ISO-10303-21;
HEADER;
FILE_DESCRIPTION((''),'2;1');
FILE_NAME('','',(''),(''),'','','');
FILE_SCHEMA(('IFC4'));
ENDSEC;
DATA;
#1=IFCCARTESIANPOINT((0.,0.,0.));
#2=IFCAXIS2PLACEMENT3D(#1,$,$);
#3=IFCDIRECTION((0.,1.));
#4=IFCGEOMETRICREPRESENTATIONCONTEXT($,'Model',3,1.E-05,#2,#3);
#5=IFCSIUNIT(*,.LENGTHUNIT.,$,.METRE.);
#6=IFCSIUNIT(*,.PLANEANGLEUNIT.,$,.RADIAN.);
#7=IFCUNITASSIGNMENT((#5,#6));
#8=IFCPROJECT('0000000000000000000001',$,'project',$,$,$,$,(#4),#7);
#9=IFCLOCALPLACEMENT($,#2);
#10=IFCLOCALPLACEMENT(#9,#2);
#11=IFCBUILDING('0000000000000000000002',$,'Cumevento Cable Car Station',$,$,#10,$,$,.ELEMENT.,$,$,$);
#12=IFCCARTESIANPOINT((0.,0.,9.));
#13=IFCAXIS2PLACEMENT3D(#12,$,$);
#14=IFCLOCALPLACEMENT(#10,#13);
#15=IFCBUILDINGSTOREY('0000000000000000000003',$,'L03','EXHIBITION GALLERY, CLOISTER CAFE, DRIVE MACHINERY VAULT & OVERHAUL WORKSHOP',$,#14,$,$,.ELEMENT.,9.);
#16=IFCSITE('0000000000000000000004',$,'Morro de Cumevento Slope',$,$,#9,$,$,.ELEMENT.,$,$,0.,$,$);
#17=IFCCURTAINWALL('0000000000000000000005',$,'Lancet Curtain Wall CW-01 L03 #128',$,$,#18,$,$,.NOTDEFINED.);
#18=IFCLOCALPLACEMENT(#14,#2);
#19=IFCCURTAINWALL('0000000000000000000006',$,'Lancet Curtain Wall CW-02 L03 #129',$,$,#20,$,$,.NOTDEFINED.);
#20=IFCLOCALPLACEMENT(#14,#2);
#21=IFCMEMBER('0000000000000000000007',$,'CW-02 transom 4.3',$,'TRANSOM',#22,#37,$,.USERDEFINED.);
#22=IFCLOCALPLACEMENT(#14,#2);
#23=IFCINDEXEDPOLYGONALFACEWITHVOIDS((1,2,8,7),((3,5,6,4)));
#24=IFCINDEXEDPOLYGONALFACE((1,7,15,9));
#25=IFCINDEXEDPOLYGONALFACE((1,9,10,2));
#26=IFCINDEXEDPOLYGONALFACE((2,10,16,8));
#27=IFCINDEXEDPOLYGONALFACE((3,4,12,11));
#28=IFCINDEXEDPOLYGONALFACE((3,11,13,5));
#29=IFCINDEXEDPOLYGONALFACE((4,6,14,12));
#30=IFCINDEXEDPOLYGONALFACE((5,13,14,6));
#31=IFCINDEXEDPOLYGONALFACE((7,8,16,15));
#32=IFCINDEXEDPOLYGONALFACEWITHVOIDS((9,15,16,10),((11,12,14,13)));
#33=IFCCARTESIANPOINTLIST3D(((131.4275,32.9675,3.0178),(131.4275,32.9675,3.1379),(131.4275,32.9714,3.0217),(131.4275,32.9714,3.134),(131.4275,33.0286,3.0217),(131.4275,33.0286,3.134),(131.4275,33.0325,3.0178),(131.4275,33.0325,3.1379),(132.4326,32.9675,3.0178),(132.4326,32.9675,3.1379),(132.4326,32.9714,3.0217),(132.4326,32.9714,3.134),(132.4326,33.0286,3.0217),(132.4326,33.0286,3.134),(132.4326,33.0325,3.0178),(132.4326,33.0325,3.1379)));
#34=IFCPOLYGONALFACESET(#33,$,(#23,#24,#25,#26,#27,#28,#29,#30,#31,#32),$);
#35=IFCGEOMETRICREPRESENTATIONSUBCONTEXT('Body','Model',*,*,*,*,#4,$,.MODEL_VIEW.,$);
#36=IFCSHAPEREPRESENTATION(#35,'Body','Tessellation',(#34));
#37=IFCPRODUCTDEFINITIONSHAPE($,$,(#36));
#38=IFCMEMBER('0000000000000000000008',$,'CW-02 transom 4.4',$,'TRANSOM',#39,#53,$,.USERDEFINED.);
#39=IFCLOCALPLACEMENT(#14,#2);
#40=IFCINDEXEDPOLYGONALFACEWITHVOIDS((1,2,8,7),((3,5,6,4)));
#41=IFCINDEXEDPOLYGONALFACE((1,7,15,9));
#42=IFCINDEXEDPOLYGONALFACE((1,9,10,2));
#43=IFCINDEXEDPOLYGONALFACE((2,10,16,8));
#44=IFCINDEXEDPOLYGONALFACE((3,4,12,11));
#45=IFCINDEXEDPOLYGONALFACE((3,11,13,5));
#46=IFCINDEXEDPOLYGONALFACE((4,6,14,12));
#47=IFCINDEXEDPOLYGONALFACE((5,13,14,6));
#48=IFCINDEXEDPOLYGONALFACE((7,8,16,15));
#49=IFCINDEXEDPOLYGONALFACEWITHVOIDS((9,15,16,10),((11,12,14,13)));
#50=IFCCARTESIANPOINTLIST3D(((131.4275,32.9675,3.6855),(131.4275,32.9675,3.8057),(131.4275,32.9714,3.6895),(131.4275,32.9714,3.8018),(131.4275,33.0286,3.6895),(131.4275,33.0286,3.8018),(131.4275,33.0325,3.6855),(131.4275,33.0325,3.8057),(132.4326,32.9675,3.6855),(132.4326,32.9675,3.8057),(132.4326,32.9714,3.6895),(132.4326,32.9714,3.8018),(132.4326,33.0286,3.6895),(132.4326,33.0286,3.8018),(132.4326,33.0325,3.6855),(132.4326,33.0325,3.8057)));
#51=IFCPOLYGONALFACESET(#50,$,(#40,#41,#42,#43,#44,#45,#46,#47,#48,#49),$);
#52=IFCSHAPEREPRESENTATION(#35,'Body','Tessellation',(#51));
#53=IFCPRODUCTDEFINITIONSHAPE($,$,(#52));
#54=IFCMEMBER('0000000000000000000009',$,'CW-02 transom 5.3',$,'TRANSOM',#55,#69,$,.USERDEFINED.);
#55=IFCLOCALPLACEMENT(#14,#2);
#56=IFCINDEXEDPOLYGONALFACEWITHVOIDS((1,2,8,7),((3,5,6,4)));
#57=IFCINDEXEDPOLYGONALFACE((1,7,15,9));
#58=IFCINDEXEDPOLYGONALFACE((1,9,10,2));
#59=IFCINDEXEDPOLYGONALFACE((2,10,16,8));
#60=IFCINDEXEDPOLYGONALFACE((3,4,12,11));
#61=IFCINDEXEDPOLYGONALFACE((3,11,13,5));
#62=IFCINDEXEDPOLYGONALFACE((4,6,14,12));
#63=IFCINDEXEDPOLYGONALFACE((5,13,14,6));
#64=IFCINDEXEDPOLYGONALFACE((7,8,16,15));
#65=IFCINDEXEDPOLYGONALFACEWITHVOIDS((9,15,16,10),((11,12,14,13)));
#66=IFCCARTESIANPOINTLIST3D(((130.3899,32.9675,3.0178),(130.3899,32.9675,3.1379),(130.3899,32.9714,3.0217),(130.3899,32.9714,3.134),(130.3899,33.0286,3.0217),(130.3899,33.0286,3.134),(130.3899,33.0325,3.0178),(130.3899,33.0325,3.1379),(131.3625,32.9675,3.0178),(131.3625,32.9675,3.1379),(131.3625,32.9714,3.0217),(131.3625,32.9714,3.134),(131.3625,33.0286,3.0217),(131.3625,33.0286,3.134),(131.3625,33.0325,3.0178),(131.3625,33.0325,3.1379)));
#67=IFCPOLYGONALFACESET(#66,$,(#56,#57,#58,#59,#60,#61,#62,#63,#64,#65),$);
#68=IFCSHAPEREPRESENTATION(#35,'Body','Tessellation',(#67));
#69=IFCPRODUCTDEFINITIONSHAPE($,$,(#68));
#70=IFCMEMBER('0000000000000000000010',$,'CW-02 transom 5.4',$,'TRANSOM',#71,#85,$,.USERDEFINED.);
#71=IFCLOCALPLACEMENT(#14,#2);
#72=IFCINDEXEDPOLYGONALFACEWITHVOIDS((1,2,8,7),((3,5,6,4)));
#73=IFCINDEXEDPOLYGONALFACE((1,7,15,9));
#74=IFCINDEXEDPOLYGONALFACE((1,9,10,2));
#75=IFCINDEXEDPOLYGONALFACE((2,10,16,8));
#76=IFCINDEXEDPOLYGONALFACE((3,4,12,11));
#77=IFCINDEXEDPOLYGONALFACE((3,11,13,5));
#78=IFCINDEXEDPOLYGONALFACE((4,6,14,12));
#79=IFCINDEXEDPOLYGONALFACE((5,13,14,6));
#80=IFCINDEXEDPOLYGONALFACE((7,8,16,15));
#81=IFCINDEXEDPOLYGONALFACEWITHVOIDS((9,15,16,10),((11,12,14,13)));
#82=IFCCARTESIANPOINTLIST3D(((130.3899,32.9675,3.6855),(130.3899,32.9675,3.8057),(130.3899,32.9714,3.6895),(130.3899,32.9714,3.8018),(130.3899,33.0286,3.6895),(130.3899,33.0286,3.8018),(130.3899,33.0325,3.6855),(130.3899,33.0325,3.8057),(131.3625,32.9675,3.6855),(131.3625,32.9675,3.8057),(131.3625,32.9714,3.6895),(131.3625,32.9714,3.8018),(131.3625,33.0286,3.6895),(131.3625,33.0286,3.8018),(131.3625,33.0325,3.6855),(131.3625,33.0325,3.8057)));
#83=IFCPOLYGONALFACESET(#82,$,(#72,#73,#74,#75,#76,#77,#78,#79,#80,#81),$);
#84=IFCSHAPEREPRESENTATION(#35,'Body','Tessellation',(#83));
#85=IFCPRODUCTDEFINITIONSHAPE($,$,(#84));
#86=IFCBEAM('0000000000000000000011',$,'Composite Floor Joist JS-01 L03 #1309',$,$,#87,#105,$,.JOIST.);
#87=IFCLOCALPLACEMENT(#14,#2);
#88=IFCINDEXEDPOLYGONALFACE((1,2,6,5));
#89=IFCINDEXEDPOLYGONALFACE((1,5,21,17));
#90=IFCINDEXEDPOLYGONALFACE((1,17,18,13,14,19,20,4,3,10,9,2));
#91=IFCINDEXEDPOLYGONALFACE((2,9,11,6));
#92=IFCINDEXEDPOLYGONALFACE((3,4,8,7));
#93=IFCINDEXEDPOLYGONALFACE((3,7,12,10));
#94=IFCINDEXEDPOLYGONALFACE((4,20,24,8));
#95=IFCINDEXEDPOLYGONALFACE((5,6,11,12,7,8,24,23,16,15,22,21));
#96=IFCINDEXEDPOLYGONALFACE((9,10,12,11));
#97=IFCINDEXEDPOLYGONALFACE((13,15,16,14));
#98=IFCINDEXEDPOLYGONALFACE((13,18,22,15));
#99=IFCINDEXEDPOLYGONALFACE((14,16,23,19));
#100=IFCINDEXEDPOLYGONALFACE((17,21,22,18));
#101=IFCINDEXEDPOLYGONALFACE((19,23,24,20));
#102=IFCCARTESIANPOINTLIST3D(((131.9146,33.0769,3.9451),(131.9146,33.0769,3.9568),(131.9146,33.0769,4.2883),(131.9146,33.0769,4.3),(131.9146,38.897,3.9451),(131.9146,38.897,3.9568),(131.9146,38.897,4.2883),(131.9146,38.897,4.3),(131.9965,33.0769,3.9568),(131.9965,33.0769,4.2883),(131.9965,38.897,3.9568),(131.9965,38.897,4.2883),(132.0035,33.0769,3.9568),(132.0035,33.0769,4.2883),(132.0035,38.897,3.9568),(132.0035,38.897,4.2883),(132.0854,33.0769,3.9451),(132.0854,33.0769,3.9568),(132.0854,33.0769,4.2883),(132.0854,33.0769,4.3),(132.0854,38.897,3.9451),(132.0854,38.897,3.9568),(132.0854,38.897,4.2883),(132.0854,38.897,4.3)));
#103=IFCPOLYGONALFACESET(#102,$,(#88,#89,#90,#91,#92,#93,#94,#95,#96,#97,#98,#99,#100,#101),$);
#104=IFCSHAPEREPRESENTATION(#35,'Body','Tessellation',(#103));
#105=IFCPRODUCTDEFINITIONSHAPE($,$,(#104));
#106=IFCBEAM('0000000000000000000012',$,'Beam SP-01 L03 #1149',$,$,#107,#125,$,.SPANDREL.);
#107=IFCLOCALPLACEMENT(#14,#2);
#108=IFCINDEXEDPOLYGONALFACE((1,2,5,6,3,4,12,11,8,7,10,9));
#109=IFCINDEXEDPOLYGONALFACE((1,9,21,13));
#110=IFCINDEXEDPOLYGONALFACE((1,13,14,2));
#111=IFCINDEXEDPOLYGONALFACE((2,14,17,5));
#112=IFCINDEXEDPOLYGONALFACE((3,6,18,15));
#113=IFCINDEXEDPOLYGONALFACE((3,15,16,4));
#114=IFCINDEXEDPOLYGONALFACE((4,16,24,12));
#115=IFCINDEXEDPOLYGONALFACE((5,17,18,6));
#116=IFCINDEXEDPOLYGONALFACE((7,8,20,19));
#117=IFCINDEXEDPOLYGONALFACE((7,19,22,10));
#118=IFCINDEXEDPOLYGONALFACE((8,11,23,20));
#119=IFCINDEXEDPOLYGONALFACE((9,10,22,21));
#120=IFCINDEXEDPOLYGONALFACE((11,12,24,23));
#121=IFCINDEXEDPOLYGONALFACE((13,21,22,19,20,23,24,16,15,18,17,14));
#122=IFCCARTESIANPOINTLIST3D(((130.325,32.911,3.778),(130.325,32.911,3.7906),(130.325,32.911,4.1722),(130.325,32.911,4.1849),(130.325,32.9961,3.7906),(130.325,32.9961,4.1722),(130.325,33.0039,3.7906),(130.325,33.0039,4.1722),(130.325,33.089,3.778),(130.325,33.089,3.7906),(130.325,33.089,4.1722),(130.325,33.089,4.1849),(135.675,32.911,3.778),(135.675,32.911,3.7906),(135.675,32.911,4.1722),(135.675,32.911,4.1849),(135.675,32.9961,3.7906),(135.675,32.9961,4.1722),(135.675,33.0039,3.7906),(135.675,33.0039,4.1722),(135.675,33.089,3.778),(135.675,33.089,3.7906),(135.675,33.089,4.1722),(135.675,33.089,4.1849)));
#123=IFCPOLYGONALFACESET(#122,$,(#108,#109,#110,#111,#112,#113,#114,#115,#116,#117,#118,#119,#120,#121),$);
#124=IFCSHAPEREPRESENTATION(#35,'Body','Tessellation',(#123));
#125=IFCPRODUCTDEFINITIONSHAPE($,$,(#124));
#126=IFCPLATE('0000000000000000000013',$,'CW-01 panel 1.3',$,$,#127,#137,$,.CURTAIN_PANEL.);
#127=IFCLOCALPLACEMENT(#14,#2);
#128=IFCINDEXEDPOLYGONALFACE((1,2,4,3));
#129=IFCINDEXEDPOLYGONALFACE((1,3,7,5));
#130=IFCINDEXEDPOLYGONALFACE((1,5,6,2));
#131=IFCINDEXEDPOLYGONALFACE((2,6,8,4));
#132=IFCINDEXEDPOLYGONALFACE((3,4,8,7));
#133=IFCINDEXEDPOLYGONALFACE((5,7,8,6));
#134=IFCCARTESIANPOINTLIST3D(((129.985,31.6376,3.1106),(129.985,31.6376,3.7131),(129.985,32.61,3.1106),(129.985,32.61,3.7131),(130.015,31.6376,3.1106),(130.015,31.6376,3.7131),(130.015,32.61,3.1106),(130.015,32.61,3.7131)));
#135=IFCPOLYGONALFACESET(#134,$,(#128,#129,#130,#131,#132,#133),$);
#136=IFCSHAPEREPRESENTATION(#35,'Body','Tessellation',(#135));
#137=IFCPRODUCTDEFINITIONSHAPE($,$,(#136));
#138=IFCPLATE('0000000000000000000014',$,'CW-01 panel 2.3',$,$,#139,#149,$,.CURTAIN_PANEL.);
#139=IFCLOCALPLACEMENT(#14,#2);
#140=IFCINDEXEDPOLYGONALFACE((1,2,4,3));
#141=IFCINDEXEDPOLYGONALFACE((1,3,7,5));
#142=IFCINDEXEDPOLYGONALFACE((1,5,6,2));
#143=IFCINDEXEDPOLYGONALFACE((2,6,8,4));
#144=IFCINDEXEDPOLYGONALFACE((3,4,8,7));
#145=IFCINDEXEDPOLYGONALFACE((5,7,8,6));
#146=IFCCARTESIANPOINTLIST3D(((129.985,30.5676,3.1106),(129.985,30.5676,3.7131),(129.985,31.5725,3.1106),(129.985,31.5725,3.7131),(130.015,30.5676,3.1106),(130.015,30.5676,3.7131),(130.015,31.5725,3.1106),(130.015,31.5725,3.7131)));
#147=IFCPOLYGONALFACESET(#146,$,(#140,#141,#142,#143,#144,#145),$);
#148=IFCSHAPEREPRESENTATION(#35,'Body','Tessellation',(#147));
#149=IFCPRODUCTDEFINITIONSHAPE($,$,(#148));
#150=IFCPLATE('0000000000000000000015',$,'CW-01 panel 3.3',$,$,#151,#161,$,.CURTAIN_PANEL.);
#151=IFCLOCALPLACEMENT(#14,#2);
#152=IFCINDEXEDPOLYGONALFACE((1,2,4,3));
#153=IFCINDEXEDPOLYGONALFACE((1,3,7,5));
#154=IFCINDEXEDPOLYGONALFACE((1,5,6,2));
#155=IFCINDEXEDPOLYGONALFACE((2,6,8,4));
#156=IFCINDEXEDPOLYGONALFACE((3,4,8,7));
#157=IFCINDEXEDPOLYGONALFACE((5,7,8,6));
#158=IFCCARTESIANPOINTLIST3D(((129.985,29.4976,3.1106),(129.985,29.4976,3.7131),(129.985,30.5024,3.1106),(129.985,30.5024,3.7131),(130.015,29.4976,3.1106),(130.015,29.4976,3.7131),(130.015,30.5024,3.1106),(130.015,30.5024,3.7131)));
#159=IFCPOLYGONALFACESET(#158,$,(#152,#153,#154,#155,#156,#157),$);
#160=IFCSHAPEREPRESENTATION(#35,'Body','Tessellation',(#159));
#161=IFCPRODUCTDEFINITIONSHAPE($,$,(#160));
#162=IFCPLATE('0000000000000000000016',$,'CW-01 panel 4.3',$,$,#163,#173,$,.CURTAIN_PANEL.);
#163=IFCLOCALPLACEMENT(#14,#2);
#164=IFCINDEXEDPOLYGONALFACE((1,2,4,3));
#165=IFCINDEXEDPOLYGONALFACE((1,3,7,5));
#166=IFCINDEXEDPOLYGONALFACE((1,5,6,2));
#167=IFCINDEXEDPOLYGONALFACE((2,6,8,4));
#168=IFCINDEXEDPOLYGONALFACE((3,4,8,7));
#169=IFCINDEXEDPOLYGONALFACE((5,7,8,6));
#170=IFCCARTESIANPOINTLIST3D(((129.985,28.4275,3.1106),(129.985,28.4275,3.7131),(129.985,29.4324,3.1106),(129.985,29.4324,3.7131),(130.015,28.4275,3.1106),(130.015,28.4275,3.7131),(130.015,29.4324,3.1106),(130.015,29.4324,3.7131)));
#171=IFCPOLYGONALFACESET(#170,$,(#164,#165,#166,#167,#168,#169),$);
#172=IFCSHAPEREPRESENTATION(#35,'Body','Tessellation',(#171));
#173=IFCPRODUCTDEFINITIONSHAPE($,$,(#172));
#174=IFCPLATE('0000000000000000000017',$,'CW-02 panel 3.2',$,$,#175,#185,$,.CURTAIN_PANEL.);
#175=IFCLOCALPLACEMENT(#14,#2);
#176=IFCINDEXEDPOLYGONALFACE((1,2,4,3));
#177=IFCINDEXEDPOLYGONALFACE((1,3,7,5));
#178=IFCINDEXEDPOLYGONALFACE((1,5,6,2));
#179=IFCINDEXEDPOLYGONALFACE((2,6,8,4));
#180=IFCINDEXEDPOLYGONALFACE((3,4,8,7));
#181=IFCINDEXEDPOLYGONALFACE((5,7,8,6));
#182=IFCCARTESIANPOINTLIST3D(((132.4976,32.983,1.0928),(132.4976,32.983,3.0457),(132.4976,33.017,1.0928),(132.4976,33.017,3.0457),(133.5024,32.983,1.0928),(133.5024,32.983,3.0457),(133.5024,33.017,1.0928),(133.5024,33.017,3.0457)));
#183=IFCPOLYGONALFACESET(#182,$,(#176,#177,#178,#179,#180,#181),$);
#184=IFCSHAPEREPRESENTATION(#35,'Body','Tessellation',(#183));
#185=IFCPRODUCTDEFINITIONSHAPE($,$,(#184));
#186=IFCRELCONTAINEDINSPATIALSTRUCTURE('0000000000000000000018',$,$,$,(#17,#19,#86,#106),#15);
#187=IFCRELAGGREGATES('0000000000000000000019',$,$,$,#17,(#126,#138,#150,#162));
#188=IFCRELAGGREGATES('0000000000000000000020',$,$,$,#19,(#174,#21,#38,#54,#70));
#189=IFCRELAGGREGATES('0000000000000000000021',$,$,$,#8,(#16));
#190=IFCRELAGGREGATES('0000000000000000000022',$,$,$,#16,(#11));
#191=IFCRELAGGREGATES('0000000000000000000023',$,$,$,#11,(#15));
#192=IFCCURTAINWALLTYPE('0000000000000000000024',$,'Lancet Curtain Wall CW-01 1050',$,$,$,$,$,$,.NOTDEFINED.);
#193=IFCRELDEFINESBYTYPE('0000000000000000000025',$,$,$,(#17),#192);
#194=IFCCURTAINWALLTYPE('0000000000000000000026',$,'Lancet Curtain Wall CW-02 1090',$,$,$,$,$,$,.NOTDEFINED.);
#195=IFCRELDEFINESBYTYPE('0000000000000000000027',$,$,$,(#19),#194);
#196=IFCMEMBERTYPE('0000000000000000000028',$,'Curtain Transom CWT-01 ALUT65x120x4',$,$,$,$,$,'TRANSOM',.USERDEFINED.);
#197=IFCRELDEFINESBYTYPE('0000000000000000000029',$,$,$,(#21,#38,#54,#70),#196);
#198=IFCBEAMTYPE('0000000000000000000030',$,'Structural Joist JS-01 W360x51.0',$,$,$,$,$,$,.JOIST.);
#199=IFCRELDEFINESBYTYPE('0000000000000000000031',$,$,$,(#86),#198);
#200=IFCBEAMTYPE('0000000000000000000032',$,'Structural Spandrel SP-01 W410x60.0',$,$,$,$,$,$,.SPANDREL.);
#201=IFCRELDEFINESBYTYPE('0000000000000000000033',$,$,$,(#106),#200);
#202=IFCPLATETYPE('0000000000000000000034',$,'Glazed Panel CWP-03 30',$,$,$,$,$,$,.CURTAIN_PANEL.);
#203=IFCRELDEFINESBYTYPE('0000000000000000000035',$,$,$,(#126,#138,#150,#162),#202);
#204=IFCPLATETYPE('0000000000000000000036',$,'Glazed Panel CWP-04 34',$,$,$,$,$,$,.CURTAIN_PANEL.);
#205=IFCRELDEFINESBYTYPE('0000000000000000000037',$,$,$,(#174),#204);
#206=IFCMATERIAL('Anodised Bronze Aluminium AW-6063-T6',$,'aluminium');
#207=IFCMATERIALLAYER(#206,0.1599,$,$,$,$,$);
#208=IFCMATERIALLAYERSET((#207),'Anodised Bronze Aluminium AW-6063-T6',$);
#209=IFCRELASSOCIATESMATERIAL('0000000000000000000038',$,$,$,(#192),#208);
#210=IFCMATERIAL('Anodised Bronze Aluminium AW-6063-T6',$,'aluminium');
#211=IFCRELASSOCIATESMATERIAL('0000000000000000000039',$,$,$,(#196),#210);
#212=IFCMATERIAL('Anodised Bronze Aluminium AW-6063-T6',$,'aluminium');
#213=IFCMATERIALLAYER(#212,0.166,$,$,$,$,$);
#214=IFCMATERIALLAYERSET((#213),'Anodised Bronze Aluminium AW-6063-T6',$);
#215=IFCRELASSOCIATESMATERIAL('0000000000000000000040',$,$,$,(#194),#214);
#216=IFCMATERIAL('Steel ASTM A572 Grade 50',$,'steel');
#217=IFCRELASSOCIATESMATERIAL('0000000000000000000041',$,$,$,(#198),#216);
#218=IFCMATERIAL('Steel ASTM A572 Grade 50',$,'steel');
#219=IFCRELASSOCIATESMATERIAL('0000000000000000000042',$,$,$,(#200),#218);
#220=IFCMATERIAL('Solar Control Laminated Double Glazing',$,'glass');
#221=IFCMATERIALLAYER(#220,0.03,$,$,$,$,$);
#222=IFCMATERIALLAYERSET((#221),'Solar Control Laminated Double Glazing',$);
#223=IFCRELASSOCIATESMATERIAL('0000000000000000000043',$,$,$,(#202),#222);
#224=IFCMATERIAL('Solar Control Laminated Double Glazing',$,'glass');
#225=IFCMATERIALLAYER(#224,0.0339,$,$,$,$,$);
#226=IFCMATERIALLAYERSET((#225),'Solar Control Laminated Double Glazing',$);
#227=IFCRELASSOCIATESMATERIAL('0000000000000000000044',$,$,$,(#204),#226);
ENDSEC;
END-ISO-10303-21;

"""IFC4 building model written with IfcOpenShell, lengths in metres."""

from ifc_helpers import new_model, si_unit, direction, frame, origin, origin_2d, place, context, subcontext, project, spatial, rectangle, hollow_rectangle, i_section, extrude, material, layer, layer_set, material_profile, profile_set, type_object, element, aggregate, save


model = new_model("IFC4")

# Units and contexts
model_context = context("Model", 3, precision=1e-05, world=origin(), true_north=direction((0.0, 1.0)))
body_context = subcontext(model_context, "Body", "Model", "MODEL_VIEW")
ifc_project = project(units=[si_unit("LENGTHUNIT", "METRE"), si_unit("PLANEANGLEUNIT", "RADIAN")], contexts=[model_context])

# Site, building, storey
site_placement = place(None, origin())
site = spatial("IfcSite", under=ifc_project, at=site_placement, Name="Morro de Cumevento Slope", CompositionType="ELEMENT", RefElevation=0.0)
building_placement = place(site_placement, origin())
building = spatial("IfcBuilding", under=site, at=building_placement, Name="Cumevento Cable Car Station", CompositionType="ELEMENT")
storey_placement = place(building_placement, frame((0.0, 0.0, 9.0)))
storey = spatial("IfcBuildingStorey", under=building, at=storey_placement, Name="L03", Description="EXHIBITION GALLERY, CLOISTER CAFE, DRIVE MACHINERY VAULT & OVERHAUL WORKSHOP", CompositionType="ELEMENT", Elevation=9.0)

# Curtain walls, members
ifc_material_1 = material(Name="Anodised Bronze Aluminium AW-6063-T6", Category="aluminium")
ifc_layer_1 = layer(ifc_material_1, 0.1599)
ifc_layer_set_1 = layer_set([ifc_layer_1], Name="Anodised Bronze Aluminium AW-6063-T6")
curtain_wall_type_1 = type_object("IfcCurtainWallType", Name="Lancet Curtain Wall CW-01 1050", PredefinedType="NOTDEFINED", material=ifc_layer_set_1)
curtain_wall_1_placement = place(storey_placement, origin())
curtain_wall_1 = element("IfcCurtainWall", 1, at=curtain_wall_1_placement, inside=storey, type_object=curtain_wall_type_1, Name="Lancet Curtain Wall CW-01 L03 #128", PredefinedType="NOTDEFINED")
ifc_material_2 = material(Name="Anodised Bronze Aluminium AW-6063-T6", Category="aluminium")
ifc_material_profile_1 = material_profile(ifc_material_2, hollow_rectangle(XDim=0.0649, YDim=0.1201, WallThickness=0.0039, at=origin_2d()), Name="ALUT65x120x4")
ifc_profile_set_1 = profile_set([ifc_material_profile_1], Name="Anodised Bronze Aluminium AW-6063-T6")
member_type = type_object("IfcMemberType", Name="Curtain Transom CWT-01 ALUT65x120x4", ElementType="TRANSOM", PredefinedType="USERDEFINED", material=ifc_profile_set_1)
ifc_material_3 = material(Name="Anodised Bronze Aluminium AW-6063-T6", Category="aluminium")
ifc_layer_2 = layer(ifc_material_3, 0.166)
ifc_layer_set_2 = layer_set([ifc_layer_2], Name="Anodised Bronze Aluminium AW-6063-T6")
curtain_wall_type_2 = type_object("IfcCurtainWallType", Name="Lancet Curtain Wall CW-02 1090", PredefinedType="NOTDEFINED", material=ifc_layer_set_2)
curtain_wall_2_placement = place(storey_placement, origin())
curtain_wall_2 = element("IfcCurtainWall", 2, at=curtain_wall_2_placement, inside=storey, type_object=curtain_wall_type_2, Name="Lancet Curtain Wall CW-02 L03 #129", PredefinedType="NOTDEFINED")
member_1_placement = place(storey_placement, frame((132.4326, 33.0, 3.0779), z_axis=(-1.0, 0.0, 0.0), x_axis=(0.0, -1.0, 0.0)))
member_1 = element("IfcMember", 3, at=member_1_placement, type_object=member_type, Name="CW-02 transom 4.3", ObjectType="TRANSOM", PredefinedType="USERDEFINED", context=body_context, shape_type="SweptSolid", body=[
    extrude(hollow_rectangle(XDim=0.0649, YDim=0.1201, WallThickness=0.0039, at=origin_2d()), origin(), (0.0, 0.0, 1.0), 1.0051),
])
member_2_placement = place(storey_placement, frame((132.4326, 33.0, 3.7456), z_axis=(-1.0, 0.0, 0.0), x_axis=(0.0, -1.0, 0.0)))
member_2 = element("IfcMember", 4, at=member_2_placement, type_object=member_type, Name="CW-02 transom 4.4", ObjectType="TRANSOM", PredefinedType="USERDEFINED", context=body_context, shape_type="SweptSolid", body=[
    extrude(hollow_rectangle(XDim=0.0649, YDim=0.1201, WallThickness=0.0039, at=origin_2d()), origin(), (0.0, 0.0, 1.0), 1.0051),
])
member_3_placement = place(storey_placement, frame((131.3625, 33.0, 3.0779), z_axis=(-1.0, 0.0, 0.0), x_axis=(0.0, -1.0, 0.0)))
member_3 = element("IfcMember", 5, at=member_3_placement, type_object=member_type, Name="CW-02 transom 5.3", ObjectType="TRANSOM", PredefinedType="USERDEFINED", context=body_context, shape_type="SweptSolid", body=[
    extrude(hollow_rectangle(XDim=0.0649, YDim=0.1201, WallThickness=0.0039, at=origin_2d()), origin(), (0.0, 0.0, 1.0), 0.9727),
])
member_4_placement = place(storey_placement, frame((131.3625, 33.0, 3.7456), z_axis=(-1.0, 0.0, 0.0), x_axis=(0.0, -1.0, 0.0)))
member_4 = element("IfcMember", 6, at=member_4_placement, type_object=member_type, Name="CW-02 transom 5.4", ObjectType="TRANSOM", PredefinedType="USERDEFINED", context=body_context, shape_type="SweptSolid", body=[
    extrude(hollow_rectangle(XDim=0.0649, YDim=0.1201, WallThickness=0.0039, at=origin_2d()), origin(), (0.0, 0.0, 1.0), 0.9727),
])

# Beams
ifc_material_4 = material(Name="Steel ASTM A572 Grade 50", Category="steel")
ifc_material_profile_2 = material_profile(ifc_material_4, i_section(OverallWidth=0.1709, OverallDepth=0.355, WebThickness=0.0071, FlangeThickness=0.0117, at=origin_2d()), Name="W360x51.0")
ifc_profile_set_2 = profile_set([ifc_material_profile_2], Name="Steel ASTM A572 Grade 50")
beam_type_1 = type_object("IfcBeamType", Name="Structural Joist JS-01 W360x51.0", PredefinedType="JOIST", material=ifc_profile_set_2)
beam_1_placement = place(storey_placement, frame((132.0, 33.0769, 4.1226), z_axis=(0.0, 1.0, 0.0), x_axis=(-1.0, 0.0, 0.0)))
element("IfcBeam", 7, at=beam_1_placement, inside=storey, type_object=beam_type_1, Name="Composite Floor Joist JS-01 L03 #1309", PredefinedType="JOIST", context=body_context, shape_type="SweptSolid", body=[
    extrude(i_section(OverallWidth=0.1709, OverallDepth=0.355, WebThickness=0.0071, FlangeThickness=0.0117, at=origin_2d()), origin(), (0.0, 0.0, 1.0), 5.8201),
])
ifc_material_5 = material(Name="Steel ASTM A572 Grade 50", Category="steel")
ifc_material_profile_3 = material_profile(ifc_material_5, i_section(OverallWidth=0.178, OverallDepth=0.407, WebThickness=0.0078, FlangeThickness=0.0127, at=origin_2d()), Name="W410x60.0")
ifc_profile_set_3 = profile_set([ifc_material_profile_3], Name="Steel ASTM A572 Grade 50")
beam_type_2 = type_object("IfcBeamType", Name="Structural Spandrel SP-01 W410x60.0", PredefinedType="SPANDREL", material=ifc_profile_set_3)
beam_2_placement = place(storey_placement, frame((130.325, 33.0, 3.9814), z_axis=(1.0, 0.0, 0.0), x_axis=(0.0, 1.0, 0.0)))
element("IfcBeam", 8, at=beam_2_placement, inside=storey, type_object=beam_type_2, Name="Beam SP-01 L03 #1149", PredefinedType="SPANDREL", context=body_context, shape_type="SweptSolid", body=[
    extrude(i_section(OverallWidth=0.178, OverallDepth=0.407, WebThickness=0.0078, FlangeThickness=0.0127, at=origin_2d()), origin(), (0.0, 0.0, 1.0), 5.3501),
])

# Plates
ifc_material_6 = material(Name="Solar Control Laminated Double Glazing", Category="glass")
ifc_layer_3 = layer(ifc_material_6, 0.03)
ifc_layer_set_3 = layer_set([ifc_layer_3], Name="Solar Control Laminated Double Glazing")
plate_type_1 = type_object("IfcPlateType", Name="Glazed Panel CWP-03 30", PredefinedType="CURTAIN_PANEL", material=ifc_layer_set_3)
plate_1_placement = place(storey_placement, frame((130.0, 32.1238, 3.1106), z_axis=(0.0, 0.0, 1.0), x_axis=(0.0, -1.0, 0.0)))
plate_1 = element("IfcPlate", 9, at=plate_1_placement, type_object=plate_type_1, Name="CW-01 panel 1.3", PredefinedType="CURTAIN_PANEL", context=body_context, shape_type="SweptSolid", body=[
    extrude(rectangle(XDim=0.9724, YDim=0.03, at=origin_2d()), origin(), (0.0, 0.0, 1.0), 0.6025),
])
plate_2_placement = place(storey_placement, frame((130.0, 31.0701, 3.1106), z_axis=(0.0, 0.0, 1.0), x_axis=(0.0, -1.0, 0.0)))
plate_2 = element("IfcPlate", 10, at=plate_2_placement, type_object=plate_type_1, Name="CW-01 panel 2.3", PredefinedType="CURTAIN_PANEL", context=body_context, shape_type="SweptSolid", body=[
    extrude(rectangle(XDim=1.0049, YDim=0.03, at=origin_2d()), origin(), (0.0, 0.0, 1.0), 0.6025),
])
plate_3_placement = place(storey_placement, frame((130.0, 30.0, 3.1106), z_axis=(0.0, 0.0, 1.0), x_axis=(0.0, -1.0, 0.0)))
plate_3 = element("IfcPlate", 11, at=plate_3_placement, type_object=plate_type_1, Name="CW-01 panel 3.3", PredefinedType="CURTAIN_PANEL", context=body_context, shape_type="SweptSolid", body=[
    extrude(rectangle(XDim=1.0049, YDim=0.03, at=origin_2d()), origin(), (0.0, 0.0, 1.0), 0.6025),
])
plate_4_placement = place(storey_placement, frame((130.0, 28.9299, 3.1106), z_axis=(0.0, 0.0, 1.0), x_axis=(0.0, -1.0, 0.0)))
plate_4 = element("IfcPlate", 12, at=plate_4_placement, type_object=plate_type_1, Name="CW-01 panel 4.3", PredefinedType="CURTAIN_PANEL", context=body_context, shape_type="SweptSolid", body=[
    extrude(rectangle(XDim=1.0049, YDim=0.03, at=origin_2d()), origin(), (0.0, 0.0, 1.0), 0.6025),
])
aggregate(curtain_wall_1, [plate_1, plate_2, plate_3, plate_4])
ifc_material_7 = material(Name="Solar Control Laminated Double Glazing", Category="glass")
ifc_layer_4 = layer(ifc_material_7, 0.0339)
ifc_layer_set_4 = layer_set([ifc_layer_4], Name="Solar Control Laminated Double Glazing")
plate_type_2 = type_object("IfcPlateType", Name="Glazed Panel CWP-04 34", PredefinedType="CURTAIN_PANEL", material=ifc_layer_set_4)
plate_5_placement = place(storey_placement, frame((133.0, 33.0, 1.0928), z_axis=(0.0, 0.0, 1.0), x_axis=(-1.0, 0.0, 0.0)))
plate_5 = element("IfcPlate", 13, at=plate_5_placement, type_object=plate_type_2, Name="CW-02 panel 3.2", PredefinedType="CURTAIN_PANEL", context=body_context, shape_type="SweptSolid", body=[
    extrude(rectangle(XDim=1.0049, YDim=0.0339, at=origin_2d()), origin(), (0.0, 0.0, 1.0), 1.9529),
])
aggregate(curtain_wall_2, [plate_5, member_1, member_2, member_3, member_4])

save(model, "model.ifc")
